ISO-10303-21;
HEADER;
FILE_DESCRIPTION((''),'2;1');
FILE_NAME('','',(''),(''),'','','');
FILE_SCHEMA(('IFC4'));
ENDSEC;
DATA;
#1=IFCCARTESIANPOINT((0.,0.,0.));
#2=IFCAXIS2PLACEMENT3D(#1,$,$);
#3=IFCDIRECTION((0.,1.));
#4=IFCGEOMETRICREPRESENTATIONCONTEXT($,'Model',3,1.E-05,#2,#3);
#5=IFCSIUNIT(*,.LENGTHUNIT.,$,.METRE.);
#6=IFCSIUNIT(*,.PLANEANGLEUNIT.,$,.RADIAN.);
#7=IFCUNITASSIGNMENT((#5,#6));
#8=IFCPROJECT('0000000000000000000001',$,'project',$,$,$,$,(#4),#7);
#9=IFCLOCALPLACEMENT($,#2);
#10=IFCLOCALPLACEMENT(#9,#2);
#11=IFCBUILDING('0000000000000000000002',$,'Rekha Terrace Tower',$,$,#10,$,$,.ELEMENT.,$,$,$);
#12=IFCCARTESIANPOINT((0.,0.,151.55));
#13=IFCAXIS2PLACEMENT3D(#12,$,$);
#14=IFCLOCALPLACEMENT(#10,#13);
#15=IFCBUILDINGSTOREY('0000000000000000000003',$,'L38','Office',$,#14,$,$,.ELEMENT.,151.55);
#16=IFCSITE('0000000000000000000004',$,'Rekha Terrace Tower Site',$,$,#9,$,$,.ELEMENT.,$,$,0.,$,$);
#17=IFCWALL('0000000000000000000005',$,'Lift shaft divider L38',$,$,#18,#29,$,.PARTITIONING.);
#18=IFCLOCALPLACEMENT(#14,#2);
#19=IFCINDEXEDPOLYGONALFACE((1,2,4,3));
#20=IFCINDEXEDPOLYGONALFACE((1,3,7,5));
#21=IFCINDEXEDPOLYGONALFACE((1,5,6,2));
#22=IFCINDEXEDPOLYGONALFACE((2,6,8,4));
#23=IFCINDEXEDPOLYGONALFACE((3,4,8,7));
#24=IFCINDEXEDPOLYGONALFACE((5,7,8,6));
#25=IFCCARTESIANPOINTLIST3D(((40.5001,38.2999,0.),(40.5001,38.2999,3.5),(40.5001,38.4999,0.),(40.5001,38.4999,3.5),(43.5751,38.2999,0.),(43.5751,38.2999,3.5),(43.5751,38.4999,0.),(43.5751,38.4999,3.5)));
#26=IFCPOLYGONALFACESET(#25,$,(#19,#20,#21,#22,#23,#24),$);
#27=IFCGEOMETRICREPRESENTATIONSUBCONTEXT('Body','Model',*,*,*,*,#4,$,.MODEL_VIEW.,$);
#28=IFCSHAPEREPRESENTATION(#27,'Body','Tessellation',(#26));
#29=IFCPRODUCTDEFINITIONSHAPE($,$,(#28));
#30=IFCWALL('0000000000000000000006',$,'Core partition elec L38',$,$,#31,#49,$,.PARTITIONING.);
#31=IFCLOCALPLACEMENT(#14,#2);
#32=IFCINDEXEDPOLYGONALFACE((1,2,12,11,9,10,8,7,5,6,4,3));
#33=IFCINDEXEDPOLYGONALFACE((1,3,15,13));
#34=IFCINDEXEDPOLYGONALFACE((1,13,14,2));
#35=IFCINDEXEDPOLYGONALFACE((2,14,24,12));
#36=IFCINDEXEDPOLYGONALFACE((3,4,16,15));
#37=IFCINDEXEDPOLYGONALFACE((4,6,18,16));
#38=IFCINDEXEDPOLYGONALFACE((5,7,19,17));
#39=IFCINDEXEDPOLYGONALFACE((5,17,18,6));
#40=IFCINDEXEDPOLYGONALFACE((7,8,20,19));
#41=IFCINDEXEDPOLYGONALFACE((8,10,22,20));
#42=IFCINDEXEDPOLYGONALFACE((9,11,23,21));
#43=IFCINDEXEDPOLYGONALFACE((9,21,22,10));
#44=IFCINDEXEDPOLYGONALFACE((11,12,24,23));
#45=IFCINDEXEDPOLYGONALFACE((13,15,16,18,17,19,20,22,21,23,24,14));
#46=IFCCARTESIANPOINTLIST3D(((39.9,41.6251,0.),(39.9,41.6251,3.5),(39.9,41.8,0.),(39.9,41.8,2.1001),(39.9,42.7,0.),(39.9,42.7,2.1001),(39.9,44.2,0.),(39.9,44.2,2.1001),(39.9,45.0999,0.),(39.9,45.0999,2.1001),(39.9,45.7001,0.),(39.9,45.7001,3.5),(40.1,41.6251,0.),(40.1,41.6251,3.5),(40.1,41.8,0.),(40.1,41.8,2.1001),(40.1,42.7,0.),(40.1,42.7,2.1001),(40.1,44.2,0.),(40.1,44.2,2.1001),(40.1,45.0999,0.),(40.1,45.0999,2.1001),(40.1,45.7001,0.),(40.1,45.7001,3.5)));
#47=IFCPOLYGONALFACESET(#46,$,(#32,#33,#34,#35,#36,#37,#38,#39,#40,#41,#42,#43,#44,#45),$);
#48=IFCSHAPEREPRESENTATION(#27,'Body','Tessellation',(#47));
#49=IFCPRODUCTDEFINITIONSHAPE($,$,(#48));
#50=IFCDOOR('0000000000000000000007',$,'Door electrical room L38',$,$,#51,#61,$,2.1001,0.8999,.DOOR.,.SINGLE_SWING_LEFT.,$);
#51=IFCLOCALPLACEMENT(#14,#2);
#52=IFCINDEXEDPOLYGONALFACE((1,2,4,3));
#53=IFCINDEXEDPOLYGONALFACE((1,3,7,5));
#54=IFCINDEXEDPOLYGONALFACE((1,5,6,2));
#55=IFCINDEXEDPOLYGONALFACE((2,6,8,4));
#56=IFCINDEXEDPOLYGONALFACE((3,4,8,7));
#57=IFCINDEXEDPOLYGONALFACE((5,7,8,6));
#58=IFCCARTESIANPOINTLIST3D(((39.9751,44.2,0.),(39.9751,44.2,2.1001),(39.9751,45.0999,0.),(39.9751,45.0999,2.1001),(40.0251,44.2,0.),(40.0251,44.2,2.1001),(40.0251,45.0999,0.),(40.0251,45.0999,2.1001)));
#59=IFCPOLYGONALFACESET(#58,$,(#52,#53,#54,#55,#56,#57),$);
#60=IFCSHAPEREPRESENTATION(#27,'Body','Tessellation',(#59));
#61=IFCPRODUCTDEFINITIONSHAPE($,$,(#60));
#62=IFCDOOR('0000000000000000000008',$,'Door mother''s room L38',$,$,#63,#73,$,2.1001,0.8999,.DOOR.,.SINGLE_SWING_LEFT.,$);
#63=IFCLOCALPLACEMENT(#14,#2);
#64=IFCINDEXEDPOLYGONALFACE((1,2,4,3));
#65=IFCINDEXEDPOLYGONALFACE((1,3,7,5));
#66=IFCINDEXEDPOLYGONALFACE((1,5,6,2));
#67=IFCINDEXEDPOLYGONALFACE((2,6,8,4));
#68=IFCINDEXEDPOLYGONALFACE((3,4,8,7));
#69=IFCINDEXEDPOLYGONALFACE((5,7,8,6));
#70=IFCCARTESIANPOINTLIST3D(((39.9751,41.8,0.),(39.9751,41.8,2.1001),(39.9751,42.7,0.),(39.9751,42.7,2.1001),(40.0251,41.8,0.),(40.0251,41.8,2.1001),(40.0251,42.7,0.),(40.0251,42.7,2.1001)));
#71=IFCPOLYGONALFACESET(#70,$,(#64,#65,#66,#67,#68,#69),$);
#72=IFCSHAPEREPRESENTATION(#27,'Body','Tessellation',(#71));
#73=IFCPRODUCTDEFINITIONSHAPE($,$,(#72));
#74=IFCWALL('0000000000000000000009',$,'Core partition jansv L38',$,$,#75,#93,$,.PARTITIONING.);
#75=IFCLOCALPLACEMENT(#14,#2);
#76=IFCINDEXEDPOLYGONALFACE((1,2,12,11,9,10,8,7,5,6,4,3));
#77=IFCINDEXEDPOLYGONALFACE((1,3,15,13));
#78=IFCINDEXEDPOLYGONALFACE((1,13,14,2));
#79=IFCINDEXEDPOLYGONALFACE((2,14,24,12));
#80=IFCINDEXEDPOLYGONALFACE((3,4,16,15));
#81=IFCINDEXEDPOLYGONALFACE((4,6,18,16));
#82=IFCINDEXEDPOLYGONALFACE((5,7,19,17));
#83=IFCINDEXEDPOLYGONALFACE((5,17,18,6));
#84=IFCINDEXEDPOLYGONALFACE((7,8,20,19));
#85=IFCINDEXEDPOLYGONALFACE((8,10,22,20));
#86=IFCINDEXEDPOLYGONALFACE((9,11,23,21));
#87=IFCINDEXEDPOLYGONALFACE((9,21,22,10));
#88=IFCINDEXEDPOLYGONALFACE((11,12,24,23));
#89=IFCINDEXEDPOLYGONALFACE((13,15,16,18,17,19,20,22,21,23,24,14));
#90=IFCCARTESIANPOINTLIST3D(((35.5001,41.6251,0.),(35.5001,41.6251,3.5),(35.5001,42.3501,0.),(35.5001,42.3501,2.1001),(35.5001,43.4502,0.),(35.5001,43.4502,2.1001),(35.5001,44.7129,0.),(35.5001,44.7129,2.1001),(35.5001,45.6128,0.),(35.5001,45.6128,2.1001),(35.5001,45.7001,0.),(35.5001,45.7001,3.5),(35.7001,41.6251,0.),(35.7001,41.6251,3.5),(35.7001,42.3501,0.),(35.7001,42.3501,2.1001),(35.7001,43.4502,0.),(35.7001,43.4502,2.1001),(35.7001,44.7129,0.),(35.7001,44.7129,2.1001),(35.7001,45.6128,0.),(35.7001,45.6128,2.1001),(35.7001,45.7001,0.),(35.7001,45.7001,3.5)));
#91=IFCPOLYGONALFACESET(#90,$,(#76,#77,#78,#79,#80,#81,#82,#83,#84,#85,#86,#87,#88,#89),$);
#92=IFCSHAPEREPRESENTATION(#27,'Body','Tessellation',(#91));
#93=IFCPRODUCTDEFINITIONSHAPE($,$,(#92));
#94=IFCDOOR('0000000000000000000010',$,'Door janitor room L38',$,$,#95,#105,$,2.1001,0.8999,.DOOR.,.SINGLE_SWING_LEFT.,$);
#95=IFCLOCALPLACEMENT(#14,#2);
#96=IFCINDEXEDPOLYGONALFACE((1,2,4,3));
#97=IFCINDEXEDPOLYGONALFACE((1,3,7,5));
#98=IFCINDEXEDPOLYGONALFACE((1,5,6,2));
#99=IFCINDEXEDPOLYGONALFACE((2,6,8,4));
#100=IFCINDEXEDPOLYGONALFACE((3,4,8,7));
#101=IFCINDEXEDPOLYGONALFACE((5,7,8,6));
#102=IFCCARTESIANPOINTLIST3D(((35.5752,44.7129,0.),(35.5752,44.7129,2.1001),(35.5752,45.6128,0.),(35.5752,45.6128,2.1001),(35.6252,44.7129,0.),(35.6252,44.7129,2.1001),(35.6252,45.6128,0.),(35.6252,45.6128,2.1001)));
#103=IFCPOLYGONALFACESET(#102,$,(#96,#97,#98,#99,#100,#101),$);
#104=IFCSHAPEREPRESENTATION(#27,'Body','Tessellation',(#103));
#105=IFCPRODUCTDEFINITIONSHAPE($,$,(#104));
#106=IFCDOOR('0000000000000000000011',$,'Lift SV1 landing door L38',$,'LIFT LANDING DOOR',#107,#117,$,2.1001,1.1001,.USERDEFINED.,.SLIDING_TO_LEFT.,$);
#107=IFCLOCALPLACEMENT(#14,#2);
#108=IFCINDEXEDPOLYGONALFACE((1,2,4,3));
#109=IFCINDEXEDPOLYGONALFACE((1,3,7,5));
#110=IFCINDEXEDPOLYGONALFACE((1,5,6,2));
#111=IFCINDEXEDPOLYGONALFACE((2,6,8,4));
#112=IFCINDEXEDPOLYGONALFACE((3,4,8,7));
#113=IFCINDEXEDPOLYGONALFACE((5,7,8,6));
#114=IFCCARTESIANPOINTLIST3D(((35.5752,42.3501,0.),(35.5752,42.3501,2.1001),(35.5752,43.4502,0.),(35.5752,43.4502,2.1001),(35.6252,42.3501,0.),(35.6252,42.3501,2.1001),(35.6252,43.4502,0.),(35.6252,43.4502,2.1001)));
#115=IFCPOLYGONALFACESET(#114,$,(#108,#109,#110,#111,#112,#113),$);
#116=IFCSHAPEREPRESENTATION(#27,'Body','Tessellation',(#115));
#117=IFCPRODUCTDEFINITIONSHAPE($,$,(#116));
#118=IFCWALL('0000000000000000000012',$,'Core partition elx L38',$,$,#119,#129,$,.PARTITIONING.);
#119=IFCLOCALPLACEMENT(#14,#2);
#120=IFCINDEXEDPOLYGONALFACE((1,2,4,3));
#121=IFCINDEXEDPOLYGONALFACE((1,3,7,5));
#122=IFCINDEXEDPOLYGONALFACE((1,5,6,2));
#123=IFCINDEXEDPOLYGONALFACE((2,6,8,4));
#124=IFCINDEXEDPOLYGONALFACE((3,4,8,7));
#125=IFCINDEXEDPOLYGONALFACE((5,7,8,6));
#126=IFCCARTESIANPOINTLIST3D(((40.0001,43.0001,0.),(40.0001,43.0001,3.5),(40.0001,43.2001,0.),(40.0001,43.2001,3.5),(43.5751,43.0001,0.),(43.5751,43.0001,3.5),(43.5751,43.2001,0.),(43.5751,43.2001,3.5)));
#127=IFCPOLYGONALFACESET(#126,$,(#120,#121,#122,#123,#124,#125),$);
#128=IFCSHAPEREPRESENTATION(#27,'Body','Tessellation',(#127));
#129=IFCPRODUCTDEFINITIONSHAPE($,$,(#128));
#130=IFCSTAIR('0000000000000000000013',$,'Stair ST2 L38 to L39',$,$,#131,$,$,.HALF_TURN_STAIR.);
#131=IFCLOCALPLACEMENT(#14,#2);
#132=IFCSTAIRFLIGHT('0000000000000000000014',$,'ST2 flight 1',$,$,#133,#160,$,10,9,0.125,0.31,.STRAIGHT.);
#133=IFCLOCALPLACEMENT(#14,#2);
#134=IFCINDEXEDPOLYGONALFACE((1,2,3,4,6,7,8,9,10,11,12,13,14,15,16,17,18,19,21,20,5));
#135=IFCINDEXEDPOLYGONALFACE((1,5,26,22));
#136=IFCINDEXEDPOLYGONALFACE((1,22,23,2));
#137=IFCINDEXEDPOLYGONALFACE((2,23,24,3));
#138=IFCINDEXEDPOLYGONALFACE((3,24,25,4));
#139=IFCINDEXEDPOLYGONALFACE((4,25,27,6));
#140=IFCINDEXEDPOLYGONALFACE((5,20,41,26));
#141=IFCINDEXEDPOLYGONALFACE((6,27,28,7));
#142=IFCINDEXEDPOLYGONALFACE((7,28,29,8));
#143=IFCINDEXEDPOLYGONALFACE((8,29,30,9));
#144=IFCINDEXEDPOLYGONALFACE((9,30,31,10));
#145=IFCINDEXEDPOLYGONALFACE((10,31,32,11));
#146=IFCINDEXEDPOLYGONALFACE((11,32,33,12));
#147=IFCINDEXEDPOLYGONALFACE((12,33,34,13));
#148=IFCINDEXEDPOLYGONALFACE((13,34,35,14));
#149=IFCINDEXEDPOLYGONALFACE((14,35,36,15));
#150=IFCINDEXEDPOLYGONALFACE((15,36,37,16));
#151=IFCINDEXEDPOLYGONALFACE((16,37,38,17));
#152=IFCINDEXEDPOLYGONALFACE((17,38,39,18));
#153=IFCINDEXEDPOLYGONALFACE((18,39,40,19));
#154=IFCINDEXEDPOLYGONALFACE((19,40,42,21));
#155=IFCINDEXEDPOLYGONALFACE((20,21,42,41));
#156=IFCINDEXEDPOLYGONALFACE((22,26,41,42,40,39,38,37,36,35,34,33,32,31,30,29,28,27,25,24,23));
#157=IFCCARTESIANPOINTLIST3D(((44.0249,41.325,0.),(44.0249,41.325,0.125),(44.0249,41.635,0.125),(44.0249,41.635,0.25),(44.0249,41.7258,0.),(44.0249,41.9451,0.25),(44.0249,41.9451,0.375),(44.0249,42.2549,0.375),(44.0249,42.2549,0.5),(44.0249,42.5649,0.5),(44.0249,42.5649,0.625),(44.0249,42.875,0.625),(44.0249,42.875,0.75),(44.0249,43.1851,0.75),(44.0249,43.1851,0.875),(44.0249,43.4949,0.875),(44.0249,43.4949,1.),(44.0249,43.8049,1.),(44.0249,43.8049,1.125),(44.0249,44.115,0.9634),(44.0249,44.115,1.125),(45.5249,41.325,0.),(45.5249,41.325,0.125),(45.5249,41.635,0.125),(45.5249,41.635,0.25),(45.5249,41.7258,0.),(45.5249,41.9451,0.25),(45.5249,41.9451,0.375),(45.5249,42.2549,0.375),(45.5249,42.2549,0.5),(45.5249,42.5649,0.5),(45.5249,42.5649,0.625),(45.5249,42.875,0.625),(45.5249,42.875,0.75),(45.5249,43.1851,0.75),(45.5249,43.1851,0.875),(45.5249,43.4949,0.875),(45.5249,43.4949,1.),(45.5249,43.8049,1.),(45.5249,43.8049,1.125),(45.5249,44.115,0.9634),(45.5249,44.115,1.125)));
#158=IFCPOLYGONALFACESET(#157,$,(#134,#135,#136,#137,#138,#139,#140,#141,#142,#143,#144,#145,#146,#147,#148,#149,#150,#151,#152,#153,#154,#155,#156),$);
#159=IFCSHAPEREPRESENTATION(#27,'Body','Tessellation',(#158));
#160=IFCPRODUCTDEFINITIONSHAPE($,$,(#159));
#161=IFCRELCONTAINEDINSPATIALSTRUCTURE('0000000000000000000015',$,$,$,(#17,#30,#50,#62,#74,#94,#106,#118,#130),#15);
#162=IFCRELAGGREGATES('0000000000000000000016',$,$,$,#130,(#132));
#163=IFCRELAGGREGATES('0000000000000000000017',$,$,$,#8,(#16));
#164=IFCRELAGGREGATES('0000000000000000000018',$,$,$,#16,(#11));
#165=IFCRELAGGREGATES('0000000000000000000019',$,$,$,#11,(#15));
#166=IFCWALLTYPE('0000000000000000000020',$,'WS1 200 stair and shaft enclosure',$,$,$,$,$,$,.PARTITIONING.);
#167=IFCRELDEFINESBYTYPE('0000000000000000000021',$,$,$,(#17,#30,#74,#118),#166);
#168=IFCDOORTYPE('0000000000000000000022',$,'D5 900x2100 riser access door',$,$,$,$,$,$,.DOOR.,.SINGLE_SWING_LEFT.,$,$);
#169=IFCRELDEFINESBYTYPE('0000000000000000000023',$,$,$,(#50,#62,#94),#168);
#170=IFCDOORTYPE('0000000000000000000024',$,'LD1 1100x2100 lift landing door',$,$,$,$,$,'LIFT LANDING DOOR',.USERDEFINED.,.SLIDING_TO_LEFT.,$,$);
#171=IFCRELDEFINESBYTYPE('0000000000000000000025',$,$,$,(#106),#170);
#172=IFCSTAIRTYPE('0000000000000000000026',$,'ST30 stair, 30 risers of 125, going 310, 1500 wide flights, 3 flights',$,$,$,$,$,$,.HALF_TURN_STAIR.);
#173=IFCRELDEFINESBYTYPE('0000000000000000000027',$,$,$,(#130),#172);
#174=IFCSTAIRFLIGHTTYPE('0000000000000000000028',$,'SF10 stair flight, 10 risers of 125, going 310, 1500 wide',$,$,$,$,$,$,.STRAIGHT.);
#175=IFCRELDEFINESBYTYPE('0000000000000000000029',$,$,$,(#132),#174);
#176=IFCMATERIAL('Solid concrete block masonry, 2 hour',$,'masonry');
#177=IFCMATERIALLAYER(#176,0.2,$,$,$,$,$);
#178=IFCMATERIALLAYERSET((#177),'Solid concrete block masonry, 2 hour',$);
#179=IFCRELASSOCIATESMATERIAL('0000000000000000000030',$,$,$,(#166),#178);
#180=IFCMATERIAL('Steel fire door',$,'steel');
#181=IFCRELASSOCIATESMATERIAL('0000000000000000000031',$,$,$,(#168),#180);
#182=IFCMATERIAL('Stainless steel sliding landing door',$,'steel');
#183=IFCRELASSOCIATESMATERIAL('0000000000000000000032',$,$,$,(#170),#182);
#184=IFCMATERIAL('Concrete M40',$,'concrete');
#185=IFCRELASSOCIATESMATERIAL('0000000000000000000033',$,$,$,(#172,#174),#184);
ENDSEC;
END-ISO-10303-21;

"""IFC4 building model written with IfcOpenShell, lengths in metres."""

from ifc_helpers import new_model, si_unit, direction, frame, frame_2d, origin, place, context, subcontext, project, spatial, polyline, rectangle, outline, extrude, material, layer, layer_set, type_object, element, fill, aggregate, save


model = new_model("IFC4")

# Units and contexts
model_context = context("Model", 3, precision=1e-05, world=origin(), true_north=direction((0.0, 1.0)))
body_context = subcontext(model_context, "Body", "Model", "MODEL_VIEW")
ifc_project = project(units=[si_unit("LENGTHUNIT", "METRE"), si_unit("PLANEANGLEUNIT", "RADIAN")], contexts=[model_context])

# Site, building, storey
site_placement = place(None, origin())
site = spatial("IfcSite", under=ifc_project, at=site_placement, Name="Rekha Terrace Tower Site", CompositionType="ELEMENT", RefElevation=0.0)
building_placement = place(site_placement, origin())
building = spatial("IfcBuilding", under=site, at=building_placement, Name="Rekha Terrace Tower", CompositionType="ELEMENT")
storey_placement = place(building_placement, frame((0.0, 0.0, 151.55)))
storey = spatial("IfcBuildingStorey", under=building, at=storey_placement, Name="L38", Description="Office", CompositionType="ELEMENT", Elevation=151.55)

# Shared definitions
ifc_material_1 = material(Name="Stainless steel sliding landing door", Category="steel")
ifc_material_2 = material(Name="Steel fire door", Category="steel")

# Wall
ifc_material_3 = material(Name="Solid concrete block masonry, 2 hour", Category="masonry")
ifc_layer_1 = layer(ifc_material_3, 0.2)
ifc_layer_set_1 = layer_set([ifc_layer_1], Name="Solid concrete block masonry, 2 hour")
wall_type_1 = type_object("IfcWallType", Name="WS1 200 stair and shaft enclosure", PredefinedType="PARTITIONING", material=ifc_layer_set_1)
for number, where, z_axis, x_axis, name in (
    (1, (40.5, 38.3999, 0.0), (0.0, 0.0, 1.0), (1.0, 0.0, 0.0), "Lift shaft divider L38"),
):
    element("IfcWall", number, at=place(storey_placement, frame(where, z_axis=z_axis, x_axis=x_axis)), inside=storey, type_object=wall_type_1, Name=name, PredefinedType="PARTITIONING", context=body_context, shape_type="SweptSolid", body=[
        extrude(rectangle(XDim=3.075, YDim=0.2, at=frame_2d((1.5376, 0.0))), origin(), (0.0, 0.0, 1.0), 3.5),
    ])

# Walls, openings, doors
wall_1_placement = place(storey_placement, frame((40.0, 41.625, 0.0), z_axis=(0.0, 0.0, 1.0), x_axis=(0.0, 1.0, 0.0)))
wall_1 = element("IfcWall", 2, at=wall_1_placement, inside=storey, type_object=wall_type_1, Name="Core partition elec L38", PredefinedType="PARTITIONING", context=body_context, shape_type="SweptSolid", body=[
    extrude(rectangle(XDim=4.075, YDim=0.2, at=frame_2d((2.0376, 0.0))), origin(), (0.0, 0.0, 1.0), 3.5),
])
opening_1_placement = place(wall_1_placement, frame((2.575, 0.0, 0.0)))
opening_1 = element("IfcOpeningElement", 3, at=opening_1_placement, cuts=wall_1, PredefinedType="OPENING", context=body_context, shape_type="SweptSolid", body=[
    extrude(rectangle(XDim=0.8999, YDim=2.1001, at=frame_2d((0.45, 1.05))), frame((0.0, 0.1099, 0.0), z_axis=(0.0, -1.0, 0.0), x_axis=(1.0, 0.0, 0.0)), (0.0, 0.0, 1.0), 0.22),
])
opening_2_placement = place(wall_1_placement, frame((0.175, 0.0, 0.0)))
opening_2 = element("IfcOpeningElement", 4, at=opening_2_placement, cuts=wall_1, PredefinedType="OPENING", context=body_context, shape_type="SweptSolid", body=[
    extrude(rectangle(XDim=0.8999, YDim=2.1001, at=frame_2d((0.45, 1.05))), frame((0.0, 0.1099, 0.0), z_axis=(0.0, -1.0, 0.0), x_axis=(1.0, 0.0, 0.0)), (0.0, 0.0, 1.0), 0.22),
])
door_type_1 = type_object("IfcDoorType", Name="D5 900x2100 riser access door", OperationType="SINGLE_SWING_LEFT", PredefinedType="DOOR", material=ifc_material_2)
door_1_placement = place(opening_1_placement, origin())
door_1 = element("IfcDoor", 5, at=door_1_placement, inside=storey, type_object=door_type_1, Name="Door electrical room L38", OperationType="SINGLE_SWING_LEFT", OverallHeight=2.1001, OverallWidth=0.8999, PredefinedType="DOOR", context=body_context, shape_type="SweptSolid", body=[
    extrude(rectangle(XDim=0.8999, YDim=2.1001, at=frame_2d((0.45, 1.05))), frame((0.0, 0.0249, 0.0), z_axis=(0.0, -1.0, 0.0), x_axis=(1.0, 0.0, 0.0)), (0.0, 0.0, 1.0), 0.05),
])
fill(opening_1, door_1)
door_2_placement = place(opening_2_placement, origin())
door_2 = element("IfcDoor", 6, at=door_2_placement, inside=storey, type_object=door_type_1, Name="Door mother's room L38", OperationType="SINGLE_SWING_LEFT", OverallHeight=2.1001, OverallWidth=0.8999, PredefinedType="DOOR", context=body_context, shape_type="SweptSolid", body=[
    extrude(rectangle(XDim=0.8999, YDim=2.1001, at=frame_2d((0.45, 1.05))), frame((0.0, 0.0249, 0.0), z_axis=(0.0, -1.0, 0.0), x_axis=(1.0, 0.0, 0.0)), (0.0, 0.0, 1.0), 0.05),
])
fill(opening_2, door_2)
wall_2_placement = place(storey_placement, frame((35.6001, 41.625, 0.0), z_axis=(0.0, 0.0, 1.0), x_axis=(0.0, 1.0, 0.0)))
wall_2 = element("IfcWall", 7, at=wall_2_placement, inside=storey, type_object=wall_type_1, Name="Core partition jansv L38", PredefinedType="PARTITIONING", context=body_context, shape_type="SweptSolid", body=[
    extrude(rectangle(XDim=4.075, YDim=0.2, at=frame_2d((2.0376, 0.0))), origin(), (0.0, 0.0, 1.0), 3.5),
])
opening_3_placement = place(wall_2_placement, frame((3.0879, 0.0, 0.0)))
opening_3 = element("IfcOpeningElement", 8, at=opening_3_placement, cuts=wall_2, PredefinedType="OPENING", context=body_context, shape_type="SweptSolid", body=[
    extrude(rectangle(XDim=0.8999, YDim=2.1001, at=frame_2d((0.45, 1.05))), frame((0.0, 0.1099, 0.0), z_axis=(0.0, -1.0, 0.0), x_axis=(1.0, 0.0, 0.0)), (0.0, 0.0, 1.0), 0.22),
])
opening_4_placement = place(wall_2_placement, frame((0.7251, 0.0, 0.0)))
opening_4 = element("IfcOpeningElement", 9, at=opening_4_placement, cuts=wall_2, PredefinedType="OPENING", context=body_context, shape_type="SweptSolid", body=[
    extrude(rectangle(XDim=1.1001, YDim=2.1001, at=frame_2d((0.55, 1.05))), frame((0.0, 0.1099, 0.0), z_axis=(0.0, -1.0, 0.0), x_axis=(1.0, 0.0, 0.0)), (0.0, 0.0, 1.0), 0.22),
])
door_3_placement = place(opening_3_placement, origin())
door_3 = element("IfcDoor", 10, at=door_3_placement, inside=storey, type_object=door_type_1, Name="Door janitor room L38", OperationType="SINGLE_SWING_LEFT", OverallHeight=2.1001, OverallWidth=0.8999, PredefinedType="DOOR", context=body_context, shape_type="SweptSolid", body=[
    extrude(rectangle(XDim=0.8999, YDim=2.1001, at=frame_2d((0.45, 1.05))), frame((0.0, 0.0249, 0.0), z_axis=(0.0, -1.0, 0.0), x_axis=(1.0, 0.0, 0.0)), (0.0, 0.0, 1.0), 0.05),
])
fill(opening_3, door_3)
door_type_2 = type_object("IfcDoorType", Name="LD1 1100x2100 lift landing door", ElementType="LIFT LANDING DOOR", OperationType="SLIDING_TO_LEFT", PredefinedType="USERDEFINED", material=ifc_material_1)
door_4_placement = place(opening_4_placement, origin())
door_4 = element("IfcDoor", 11, at=door_4_placement, inside=storey, type_object=door_type_2, Name="Lift SV1 landing door L38", ObjectType="LIFT LANDING DOOR", OperationType="SLIDING_TO_LEFT", OverallHeight=2.1001, OverallWidth=1.1001, PredefinedType="USERDEFINED", context=body_context, shape_type="SweptSolid", body=[
    extrude(rectangle(XDim=1.1001, YDim=2.1001, at=frame_2d((0.55, 1.05))), frame((0.0, 0.0249, 0.0), z_axis=(0.0, -1.0, 0.0), x_axis=(1.0, 0.0, 0.0)), (0.0, 0.0, 1.0), 0.05),
])
fill(opening_4, door_4)

# Wall
wall_3_placement = place(storey_placement, frame((40.0, 43.1001, 0.0), z_axis=(0.0, 0.0, 1.0), x_axis=(1.0, 0.0, 0.0)))
element("IfcWall", 12, at=wall_3_placement, inside=storey, type_object=wall_type_1, Name="Core partition elx L38", PredefinedType="PARTITIONING", context=body_context, shape_type="SweptSolid", body=[
    extrude(rectangle(XDim=3.575, YDim=0.2, at=frame_2d((1.7876, 0.0))), origin(), (0.0, 0.0, 1.0), 3.5),
])

# Stair, stair flight
ifc_material_4 = material(Name="Concrete M40", Category="concrete")
stair_type = type_object("IfcStairType", Name="ST30 stair, 30 risers of 125, going 310, 1500 wide flights, 3 flights", PredefinedType="HALF_TURN_STAIR", material=ifc_material_4)
stair_placement = place(storey_placement, origin())
stair = element("IfcStair", 13, at=stair_placement, inside=storey, type_object=stair_type, Name="Stair ST2 L38 to L39", PredefinedType="HALF_TURN_STAIR")
stair_flight_type = type_object("IfcStairFlightType", Name="SF10 stair flight, 10 risers of 125, going 310, 1500 wide", PredefinedType="STRAIGHT", material=ifc_material_4)
stair_flight_1_placement = place(storey_placement, frame((44.7749, 41.325, 0.0), z_axis=(0.0, 0.0, 1.0), x_axis=(0.0, 1.0, 0.0)))
stair_flight_1 = element("IfcStairFlight", 14, at=stair_flight_1_placement, type_object=stair_flight_type, Name="ST2 flight 1", NumberOfRisers=10, NumberOfTreads=9, PredefinedType="STRAIGHT", RiserHeight=0.125, TreadLength=0.31, context=body_context, shape_type="SweptSolid", body=[
    extrude(outline(polyline([(0.0, 0.0), (0.0, 0.125), (0.3101, 0.125), (0.3101, 0.25), (0.6201, 0.25), (0.6201, 0.375), (0.9299, 0.375), (0.9299, 0.5), (1.24, 0.5), (1.24, 0.625), (1.55, 0.625), (1.55, 0.75), (1.8601, 0.75), (1.8601, 0.875), (2.1699, 0.875), (2.1699, 1.0), (2.48, 1.0), (2.48, 1.125), (2.79, 1.125), (2.79, 1.25), (2.79, 0.9634), (0.4009, 0.0), (0.0, 0.0)])), frame((0.0, 0.75, 0.0), z_axis=(0.0, -1.0, 0.0), x_axis=(1.0, 0.0, 0.0)), (0.0, 0.0, 1.0), 1.5),
])
aggregate(stair, [stair_flight_1])

save(model, "model.ifc")
